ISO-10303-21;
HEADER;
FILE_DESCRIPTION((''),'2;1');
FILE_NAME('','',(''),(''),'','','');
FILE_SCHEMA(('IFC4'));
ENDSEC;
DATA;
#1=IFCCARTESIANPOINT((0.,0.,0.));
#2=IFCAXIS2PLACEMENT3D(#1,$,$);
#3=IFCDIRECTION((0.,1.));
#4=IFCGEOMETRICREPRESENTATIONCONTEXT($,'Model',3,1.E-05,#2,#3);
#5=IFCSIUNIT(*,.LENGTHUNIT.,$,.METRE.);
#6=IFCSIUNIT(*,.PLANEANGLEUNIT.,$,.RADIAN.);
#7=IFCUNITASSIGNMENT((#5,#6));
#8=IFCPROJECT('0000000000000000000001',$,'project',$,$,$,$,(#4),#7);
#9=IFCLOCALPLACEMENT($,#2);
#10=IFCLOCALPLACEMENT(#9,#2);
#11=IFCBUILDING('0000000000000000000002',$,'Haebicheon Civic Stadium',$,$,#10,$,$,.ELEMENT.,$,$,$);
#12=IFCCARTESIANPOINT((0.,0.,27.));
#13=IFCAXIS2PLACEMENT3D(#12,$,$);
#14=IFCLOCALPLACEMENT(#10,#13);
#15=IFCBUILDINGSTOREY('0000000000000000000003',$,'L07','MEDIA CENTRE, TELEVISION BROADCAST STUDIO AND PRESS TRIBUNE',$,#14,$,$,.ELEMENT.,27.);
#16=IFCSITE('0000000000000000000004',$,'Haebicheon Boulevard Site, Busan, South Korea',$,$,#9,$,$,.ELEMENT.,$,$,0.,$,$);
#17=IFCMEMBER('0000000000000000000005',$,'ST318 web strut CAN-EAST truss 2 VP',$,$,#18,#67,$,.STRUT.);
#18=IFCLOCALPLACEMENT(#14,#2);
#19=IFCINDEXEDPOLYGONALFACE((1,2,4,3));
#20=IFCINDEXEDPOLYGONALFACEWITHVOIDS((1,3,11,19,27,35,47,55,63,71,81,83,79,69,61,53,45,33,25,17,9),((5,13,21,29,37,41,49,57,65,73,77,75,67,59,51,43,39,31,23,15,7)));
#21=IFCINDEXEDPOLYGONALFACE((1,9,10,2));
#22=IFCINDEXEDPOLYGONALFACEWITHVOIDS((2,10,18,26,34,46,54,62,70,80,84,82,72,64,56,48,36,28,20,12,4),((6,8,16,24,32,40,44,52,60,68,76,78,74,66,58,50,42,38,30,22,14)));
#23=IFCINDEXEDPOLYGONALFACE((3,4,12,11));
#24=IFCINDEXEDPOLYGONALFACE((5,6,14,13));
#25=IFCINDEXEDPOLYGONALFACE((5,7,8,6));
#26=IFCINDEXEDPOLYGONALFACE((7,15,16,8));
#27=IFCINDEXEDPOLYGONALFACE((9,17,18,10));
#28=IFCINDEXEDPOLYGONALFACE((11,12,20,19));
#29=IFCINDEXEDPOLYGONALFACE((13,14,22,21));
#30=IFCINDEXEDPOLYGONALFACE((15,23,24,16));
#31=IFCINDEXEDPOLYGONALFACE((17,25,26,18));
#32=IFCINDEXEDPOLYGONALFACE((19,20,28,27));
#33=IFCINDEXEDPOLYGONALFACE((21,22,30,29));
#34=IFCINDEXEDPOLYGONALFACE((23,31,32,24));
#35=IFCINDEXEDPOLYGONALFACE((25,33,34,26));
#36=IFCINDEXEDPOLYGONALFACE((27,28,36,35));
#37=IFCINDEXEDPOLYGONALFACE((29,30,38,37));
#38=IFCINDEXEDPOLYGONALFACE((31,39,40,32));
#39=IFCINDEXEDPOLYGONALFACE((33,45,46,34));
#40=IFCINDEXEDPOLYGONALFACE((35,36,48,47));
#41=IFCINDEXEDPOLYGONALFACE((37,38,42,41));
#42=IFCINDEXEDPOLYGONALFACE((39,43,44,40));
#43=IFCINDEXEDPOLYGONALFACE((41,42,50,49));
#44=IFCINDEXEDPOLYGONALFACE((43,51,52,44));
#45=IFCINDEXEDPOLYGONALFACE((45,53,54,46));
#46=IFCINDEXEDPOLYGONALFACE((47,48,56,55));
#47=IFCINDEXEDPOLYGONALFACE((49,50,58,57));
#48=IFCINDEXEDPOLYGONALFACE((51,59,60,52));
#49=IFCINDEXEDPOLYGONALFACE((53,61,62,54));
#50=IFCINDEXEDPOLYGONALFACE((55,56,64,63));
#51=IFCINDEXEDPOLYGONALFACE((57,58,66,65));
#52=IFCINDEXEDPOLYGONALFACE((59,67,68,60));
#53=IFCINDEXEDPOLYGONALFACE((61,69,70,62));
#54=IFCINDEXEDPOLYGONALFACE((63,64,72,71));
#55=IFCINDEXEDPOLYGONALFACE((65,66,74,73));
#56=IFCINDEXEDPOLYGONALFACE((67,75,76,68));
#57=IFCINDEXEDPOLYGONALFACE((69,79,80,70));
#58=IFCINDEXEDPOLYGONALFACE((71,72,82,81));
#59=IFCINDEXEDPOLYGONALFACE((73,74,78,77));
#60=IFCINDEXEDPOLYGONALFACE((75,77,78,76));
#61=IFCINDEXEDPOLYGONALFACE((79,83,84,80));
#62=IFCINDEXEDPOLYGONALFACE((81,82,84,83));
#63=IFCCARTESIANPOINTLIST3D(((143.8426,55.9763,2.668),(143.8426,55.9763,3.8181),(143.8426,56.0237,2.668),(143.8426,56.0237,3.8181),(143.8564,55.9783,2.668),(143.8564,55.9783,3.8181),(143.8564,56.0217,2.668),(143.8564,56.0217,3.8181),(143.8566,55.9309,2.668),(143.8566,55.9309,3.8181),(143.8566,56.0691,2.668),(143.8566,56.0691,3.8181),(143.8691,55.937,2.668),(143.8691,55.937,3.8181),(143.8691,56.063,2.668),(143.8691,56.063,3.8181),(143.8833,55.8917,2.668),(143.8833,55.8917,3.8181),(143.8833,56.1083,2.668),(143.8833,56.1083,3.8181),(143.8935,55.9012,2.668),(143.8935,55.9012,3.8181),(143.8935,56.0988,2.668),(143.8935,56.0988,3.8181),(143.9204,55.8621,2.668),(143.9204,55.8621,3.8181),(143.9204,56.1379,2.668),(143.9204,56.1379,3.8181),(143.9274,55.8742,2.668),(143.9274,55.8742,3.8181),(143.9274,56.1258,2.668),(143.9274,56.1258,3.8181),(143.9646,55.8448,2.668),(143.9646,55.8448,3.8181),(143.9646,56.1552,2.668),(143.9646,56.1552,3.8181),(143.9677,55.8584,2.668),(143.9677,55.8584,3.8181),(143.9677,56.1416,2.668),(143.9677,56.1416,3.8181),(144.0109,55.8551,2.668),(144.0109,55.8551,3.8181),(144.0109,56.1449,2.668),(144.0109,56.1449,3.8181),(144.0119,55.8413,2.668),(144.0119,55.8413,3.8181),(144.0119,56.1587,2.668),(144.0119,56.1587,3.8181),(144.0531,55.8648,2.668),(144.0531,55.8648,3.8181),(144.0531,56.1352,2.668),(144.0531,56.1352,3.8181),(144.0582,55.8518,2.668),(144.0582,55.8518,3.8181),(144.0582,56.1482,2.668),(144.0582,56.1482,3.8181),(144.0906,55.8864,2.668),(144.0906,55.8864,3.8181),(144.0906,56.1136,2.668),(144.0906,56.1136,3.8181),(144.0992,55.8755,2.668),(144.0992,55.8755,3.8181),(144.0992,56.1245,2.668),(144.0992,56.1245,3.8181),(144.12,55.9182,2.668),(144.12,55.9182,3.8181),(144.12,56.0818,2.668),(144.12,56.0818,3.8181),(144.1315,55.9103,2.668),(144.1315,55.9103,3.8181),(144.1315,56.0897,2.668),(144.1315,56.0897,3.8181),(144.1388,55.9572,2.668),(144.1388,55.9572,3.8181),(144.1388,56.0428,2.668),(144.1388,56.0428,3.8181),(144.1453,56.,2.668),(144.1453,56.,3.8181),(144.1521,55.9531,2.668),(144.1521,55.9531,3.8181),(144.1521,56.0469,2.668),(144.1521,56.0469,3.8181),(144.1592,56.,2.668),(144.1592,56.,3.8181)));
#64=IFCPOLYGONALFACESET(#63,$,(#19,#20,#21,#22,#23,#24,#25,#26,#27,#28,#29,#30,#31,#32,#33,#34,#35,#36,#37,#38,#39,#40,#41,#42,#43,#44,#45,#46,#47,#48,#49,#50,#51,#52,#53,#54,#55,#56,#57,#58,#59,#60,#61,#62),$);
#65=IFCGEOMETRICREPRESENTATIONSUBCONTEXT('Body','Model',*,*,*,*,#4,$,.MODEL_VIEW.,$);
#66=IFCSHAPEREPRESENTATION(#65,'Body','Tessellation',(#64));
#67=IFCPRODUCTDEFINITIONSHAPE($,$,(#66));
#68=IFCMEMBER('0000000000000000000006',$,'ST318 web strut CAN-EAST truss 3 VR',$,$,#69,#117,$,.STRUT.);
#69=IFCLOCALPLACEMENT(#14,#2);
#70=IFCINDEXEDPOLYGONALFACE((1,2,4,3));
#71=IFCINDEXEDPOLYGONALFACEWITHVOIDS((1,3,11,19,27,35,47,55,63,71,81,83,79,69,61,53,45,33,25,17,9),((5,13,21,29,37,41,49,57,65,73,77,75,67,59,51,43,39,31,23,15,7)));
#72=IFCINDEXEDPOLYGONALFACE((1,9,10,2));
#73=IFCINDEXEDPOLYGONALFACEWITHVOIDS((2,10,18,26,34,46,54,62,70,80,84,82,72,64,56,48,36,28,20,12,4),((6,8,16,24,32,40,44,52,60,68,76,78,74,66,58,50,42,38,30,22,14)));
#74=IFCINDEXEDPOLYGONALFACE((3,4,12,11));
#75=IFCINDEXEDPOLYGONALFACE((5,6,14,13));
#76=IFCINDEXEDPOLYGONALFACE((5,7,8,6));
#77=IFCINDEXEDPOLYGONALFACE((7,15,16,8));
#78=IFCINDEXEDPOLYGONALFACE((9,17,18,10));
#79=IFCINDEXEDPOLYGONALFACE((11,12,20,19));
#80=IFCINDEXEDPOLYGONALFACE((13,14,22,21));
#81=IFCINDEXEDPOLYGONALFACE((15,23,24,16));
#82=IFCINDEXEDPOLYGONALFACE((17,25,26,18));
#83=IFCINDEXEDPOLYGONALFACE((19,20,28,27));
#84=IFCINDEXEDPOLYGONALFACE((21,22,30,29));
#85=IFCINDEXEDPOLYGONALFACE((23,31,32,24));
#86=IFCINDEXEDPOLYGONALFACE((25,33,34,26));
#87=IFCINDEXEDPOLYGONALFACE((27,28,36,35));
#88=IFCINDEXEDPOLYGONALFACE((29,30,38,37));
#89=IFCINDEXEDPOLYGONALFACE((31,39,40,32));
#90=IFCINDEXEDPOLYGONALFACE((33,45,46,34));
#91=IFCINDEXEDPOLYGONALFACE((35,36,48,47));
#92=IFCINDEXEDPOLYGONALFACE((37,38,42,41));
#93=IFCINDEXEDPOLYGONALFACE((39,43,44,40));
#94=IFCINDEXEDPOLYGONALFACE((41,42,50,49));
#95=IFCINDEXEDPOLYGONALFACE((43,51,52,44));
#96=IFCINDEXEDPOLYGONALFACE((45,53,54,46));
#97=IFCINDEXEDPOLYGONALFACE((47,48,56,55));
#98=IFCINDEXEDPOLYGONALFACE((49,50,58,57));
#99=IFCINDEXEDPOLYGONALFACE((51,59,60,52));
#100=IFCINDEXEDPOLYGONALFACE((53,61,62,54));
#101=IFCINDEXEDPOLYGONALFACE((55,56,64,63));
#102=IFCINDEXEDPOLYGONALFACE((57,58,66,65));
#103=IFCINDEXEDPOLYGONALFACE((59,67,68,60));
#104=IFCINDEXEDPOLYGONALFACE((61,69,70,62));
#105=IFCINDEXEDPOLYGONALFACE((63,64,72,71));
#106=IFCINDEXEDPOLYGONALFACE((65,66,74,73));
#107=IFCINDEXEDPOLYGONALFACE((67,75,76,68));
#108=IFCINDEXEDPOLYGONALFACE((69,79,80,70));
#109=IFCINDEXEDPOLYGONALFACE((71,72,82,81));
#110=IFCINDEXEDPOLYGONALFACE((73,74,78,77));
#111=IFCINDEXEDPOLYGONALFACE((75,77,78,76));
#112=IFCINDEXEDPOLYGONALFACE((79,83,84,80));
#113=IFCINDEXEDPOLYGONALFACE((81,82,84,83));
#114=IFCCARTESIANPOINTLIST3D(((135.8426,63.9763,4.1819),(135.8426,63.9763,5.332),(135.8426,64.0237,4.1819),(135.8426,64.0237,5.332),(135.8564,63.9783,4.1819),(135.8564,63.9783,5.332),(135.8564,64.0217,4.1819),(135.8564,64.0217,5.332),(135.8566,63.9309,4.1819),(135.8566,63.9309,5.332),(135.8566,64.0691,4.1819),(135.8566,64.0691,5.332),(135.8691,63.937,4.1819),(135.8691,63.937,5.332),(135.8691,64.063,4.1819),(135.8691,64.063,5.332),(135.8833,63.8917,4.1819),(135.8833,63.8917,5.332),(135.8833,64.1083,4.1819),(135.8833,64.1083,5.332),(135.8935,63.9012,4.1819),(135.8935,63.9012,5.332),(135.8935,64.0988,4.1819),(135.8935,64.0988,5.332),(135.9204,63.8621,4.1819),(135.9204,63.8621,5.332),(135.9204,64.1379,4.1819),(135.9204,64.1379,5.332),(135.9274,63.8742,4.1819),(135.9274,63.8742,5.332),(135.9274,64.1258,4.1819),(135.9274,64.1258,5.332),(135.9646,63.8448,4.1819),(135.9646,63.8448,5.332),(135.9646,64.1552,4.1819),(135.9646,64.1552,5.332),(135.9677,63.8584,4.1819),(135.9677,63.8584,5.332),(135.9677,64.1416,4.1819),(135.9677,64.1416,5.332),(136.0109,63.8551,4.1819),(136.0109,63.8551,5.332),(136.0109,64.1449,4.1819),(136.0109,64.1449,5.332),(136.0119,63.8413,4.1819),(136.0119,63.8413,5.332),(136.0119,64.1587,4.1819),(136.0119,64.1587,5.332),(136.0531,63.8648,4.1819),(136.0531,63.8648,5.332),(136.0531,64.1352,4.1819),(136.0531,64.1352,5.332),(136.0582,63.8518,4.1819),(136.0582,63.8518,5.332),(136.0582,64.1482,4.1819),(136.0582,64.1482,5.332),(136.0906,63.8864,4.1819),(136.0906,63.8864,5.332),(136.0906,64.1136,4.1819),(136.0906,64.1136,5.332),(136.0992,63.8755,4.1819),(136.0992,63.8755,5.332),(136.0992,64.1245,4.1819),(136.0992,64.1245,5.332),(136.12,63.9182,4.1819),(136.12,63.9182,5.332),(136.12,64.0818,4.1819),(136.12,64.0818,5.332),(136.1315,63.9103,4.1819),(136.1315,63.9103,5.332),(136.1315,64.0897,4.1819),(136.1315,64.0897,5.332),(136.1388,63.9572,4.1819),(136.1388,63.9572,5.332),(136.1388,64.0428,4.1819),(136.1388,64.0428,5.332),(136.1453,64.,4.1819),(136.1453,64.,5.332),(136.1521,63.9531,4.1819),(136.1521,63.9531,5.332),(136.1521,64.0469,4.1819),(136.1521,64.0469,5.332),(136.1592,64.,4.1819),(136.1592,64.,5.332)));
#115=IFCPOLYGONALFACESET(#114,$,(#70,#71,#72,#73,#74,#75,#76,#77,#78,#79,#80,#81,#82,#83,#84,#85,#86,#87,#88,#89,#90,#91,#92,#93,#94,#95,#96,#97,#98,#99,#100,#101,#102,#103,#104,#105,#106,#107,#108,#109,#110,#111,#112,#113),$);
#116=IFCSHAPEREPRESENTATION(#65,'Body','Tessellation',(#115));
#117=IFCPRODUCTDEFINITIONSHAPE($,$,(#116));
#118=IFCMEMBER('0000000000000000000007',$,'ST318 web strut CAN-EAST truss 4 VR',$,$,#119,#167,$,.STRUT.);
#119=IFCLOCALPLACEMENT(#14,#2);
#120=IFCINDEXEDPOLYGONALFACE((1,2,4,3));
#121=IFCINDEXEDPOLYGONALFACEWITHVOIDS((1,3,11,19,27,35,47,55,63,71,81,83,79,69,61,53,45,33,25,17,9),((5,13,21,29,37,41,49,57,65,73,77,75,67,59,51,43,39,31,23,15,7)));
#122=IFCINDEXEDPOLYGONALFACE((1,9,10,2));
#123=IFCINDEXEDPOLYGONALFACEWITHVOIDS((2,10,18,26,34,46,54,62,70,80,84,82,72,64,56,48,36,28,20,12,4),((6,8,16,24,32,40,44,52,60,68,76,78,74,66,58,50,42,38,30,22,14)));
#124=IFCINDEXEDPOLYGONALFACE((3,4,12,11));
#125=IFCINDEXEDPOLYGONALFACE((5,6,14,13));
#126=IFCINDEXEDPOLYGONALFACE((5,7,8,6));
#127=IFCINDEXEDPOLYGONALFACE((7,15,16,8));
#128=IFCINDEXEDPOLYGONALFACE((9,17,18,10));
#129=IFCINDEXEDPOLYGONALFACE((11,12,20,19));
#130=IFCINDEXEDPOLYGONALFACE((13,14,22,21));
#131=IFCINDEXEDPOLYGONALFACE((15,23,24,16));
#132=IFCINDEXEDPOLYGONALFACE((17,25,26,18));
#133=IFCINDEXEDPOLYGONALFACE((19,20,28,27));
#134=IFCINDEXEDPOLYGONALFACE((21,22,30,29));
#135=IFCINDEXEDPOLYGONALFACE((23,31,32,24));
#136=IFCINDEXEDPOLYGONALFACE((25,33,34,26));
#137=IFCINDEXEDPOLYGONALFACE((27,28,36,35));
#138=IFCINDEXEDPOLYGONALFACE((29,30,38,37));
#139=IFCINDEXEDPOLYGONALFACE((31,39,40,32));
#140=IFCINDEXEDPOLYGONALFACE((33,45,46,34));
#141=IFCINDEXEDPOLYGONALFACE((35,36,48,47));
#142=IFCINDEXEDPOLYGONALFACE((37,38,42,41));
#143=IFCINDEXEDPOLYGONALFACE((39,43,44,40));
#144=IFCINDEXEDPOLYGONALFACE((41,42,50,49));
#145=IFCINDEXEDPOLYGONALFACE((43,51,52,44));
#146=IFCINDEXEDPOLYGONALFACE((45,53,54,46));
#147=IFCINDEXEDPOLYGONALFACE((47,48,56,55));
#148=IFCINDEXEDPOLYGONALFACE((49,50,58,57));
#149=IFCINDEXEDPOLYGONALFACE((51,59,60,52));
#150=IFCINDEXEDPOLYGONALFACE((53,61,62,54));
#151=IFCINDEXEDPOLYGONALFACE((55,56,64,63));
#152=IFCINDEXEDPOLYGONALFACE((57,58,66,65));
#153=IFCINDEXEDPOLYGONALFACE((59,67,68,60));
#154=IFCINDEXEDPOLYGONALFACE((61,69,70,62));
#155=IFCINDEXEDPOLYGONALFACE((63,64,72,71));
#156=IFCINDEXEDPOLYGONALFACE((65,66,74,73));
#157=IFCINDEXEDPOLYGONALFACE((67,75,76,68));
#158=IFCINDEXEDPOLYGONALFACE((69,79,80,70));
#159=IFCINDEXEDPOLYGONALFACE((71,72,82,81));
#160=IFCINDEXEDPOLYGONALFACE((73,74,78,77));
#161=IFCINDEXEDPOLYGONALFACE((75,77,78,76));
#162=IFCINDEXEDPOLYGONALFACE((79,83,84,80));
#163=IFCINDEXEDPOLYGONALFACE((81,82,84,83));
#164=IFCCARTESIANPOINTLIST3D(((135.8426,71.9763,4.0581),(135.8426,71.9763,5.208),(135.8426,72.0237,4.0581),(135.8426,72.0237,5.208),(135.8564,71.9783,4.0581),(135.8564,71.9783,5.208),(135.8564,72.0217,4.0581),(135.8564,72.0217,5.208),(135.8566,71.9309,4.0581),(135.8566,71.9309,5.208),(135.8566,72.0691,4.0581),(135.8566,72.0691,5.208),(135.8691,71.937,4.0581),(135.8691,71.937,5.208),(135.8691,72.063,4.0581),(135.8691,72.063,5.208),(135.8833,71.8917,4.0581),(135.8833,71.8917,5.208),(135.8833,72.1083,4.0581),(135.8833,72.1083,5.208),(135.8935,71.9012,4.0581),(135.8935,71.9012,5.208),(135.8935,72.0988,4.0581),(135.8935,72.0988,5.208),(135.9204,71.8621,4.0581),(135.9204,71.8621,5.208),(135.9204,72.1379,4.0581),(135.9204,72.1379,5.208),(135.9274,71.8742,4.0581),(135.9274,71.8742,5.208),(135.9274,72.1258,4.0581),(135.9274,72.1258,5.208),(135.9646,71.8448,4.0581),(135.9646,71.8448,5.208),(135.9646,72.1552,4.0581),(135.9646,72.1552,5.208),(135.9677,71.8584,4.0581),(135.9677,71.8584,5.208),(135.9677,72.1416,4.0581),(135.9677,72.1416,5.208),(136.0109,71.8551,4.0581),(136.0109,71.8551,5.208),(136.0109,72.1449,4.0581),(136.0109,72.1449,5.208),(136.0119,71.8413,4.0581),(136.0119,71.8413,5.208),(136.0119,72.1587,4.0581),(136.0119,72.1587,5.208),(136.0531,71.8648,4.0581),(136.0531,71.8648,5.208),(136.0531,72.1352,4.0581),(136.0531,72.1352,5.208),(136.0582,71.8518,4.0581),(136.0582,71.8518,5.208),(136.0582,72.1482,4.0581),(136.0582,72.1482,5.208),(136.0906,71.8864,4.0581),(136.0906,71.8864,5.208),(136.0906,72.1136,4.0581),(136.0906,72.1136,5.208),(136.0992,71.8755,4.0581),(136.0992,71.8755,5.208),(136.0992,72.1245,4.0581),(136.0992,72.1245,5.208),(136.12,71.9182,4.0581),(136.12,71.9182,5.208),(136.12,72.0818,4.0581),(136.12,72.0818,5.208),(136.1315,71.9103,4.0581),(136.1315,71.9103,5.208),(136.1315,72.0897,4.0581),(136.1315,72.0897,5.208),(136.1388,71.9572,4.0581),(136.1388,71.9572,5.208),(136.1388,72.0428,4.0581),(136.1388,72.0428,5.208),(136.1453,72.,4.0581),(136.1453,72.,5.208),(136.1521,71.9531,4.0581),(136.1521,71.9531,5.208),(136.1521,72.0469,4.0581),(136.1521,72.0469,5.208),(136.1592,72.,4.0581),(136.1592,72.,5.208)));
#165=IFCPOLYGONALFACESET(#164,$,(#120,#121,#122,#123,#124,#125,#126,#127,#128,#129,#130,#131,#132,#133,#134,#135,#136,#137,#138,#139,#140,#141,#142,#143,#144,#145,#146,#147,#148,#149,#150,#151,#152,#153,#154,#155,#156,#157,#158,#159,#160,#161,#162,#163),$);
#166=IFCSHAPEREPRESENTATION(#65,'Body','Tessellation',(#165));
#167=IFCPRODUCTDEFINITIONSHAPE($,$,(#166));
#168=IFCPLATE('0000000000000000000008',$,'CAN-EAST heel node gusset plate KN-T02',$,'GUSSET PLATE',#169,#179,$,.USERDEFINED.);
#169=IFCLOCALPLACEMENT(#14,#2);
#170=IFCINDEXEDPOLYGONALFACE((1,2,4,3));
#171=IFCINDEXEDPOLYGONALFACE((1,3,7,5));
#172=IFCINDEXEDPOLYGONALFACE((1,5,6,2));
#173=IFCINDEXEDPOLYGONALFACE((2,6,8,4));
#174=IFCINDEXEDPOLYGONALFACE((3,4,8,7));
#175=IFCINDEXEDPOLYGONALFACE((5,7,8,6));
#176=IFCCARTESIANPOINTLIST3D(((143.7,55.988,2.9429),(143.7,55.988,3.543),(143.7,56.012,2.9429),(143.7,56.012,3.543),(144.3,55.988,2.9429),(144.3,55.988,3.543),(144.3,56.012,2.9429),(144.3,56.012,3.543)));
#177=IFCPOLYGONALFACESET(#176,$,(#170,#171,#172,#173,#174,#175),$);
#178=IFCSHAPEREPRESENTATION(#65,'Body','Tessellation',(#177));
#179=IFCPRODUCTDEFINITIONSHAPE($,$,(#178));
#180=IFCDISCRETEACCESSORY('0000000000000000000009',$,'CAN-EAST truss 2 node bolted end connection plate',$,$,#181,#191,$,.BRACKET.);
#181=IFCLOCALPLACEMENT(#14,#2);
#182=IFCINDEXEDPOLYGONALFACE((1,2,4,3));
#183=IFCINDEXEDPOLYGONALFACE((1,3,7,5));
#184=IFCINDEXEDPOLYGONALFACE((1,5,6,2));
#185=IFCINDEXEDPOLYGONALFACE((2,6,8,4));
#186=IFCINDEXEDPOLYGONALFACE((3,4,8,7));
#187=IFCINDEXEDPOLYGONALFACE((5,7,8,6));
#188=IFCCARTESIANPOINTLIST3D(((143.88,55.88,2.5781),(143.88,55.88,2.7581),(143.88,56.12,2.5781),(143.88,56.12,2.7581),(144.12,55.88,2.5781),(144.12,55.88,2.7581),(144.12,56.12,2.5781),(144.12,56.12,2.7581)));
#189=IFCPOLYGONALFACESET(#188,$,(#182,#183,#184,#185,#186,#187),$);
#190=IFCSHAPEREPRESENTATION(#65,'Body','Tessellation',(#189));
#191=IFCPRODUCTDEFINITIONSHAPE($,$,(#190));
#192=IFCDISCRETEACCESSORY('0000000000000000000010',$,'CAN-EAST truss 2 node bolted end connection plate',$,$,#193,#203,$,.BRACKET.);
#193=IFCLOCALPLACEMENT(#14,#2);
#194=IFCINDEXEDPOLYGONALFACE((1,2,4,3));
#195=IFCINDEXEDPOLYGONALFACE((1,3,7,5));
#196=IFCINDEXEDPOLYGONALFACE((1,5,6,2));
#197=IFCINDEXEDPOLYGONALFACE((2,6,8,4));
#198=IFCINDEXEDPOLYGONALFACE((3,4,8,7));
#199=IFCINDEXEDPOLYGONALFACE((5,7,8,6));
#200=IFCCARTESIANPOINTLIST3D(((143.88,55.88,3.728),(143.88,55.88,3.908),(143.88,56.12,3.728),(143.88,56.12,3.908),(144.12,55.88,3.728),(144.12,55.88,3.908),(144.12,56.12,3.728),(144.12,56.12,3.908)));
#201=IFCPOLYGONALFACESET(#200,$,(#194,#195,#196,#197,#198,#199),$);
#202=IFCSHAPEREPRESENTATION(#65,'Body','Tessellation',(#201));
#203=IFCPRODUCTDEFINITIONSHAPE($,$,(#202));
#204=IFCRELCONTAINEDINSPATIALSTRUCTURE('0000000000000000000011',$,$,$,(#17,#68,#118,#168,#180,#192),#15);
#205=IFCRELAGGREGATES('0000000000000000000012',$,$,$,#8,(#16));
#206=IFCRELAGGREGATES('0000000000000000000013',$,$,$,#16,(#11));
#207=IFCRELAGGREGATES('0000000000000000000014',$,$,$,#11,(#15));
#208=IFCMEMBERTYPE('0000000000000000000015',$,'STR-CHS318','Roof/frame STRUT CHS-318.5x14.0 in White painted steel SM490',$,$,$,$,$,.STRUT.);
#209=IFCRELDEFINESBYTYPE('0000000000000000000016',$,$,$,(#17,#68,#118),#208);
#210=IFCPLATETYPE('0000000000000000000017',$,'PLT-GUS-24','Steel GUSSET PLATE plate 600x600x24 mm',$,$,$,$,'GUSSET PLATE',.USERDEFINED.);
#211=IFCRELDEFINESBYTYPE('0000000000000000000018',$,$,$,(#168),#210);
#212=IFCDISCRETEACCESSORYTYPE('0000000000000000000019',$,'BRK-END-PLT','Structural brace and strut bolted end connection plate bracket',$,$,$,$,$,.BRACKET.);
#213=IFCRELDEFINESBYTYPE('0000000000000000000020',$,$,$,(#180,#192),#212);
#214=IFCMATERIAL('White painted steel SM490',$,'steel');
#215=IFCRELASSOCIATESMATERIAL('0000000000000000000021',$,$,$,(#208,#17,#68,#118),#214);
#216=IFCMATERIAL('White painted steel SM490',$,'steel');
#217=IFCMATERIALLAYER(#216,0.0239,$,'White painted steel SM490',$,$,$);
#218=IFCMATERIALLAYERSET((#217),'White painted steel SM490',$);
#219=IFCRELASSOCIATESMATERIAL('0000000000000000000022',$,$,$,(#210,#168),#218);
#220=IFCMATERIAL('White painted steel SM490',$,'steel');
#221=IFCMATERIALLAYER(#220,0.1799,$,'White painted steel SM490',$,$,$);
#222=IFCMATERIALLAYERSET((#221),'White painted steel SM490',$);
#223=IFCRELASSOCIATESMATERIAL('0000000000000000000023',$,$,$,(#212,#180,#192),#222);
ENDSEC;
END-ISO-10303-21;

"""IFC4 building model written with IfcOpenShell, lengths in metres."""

from ifc_helpers import new_model, si_unit, direction, frame, origin, origin_2d, place, context, subcontext, project, spatial, rectangle, hollow_circle, extrude, material, layer, layer_set, material_profile, profile_set, type_object, element, save


model = new_model("IFC4")

# Units and contexts
model_context = context("Model", 3, precision=1e-05, world=origin(), true_north=direction((0.0, 1.0)))
body_context = subcontext(model_context, "Body", "Model", "MODEL_VIEW")
ifc_project = project(units=[si_unit("LENGTHUNIT", "METRE"), si_unit("PLANEANGLEUNIT", "RADIAN")], contexts=[model_context])

# Site, building, storey
site_placement = place(None, origin())
site = spatial("IfcSite", under=ifc_project, at=site_placement, Name="Haebicheon Boulevard Site, Busan, South Korea", CompositionType="ELEMENT", RefElevation=0.0)
building_placement = place(site_placement, origin())
building = spatial("IfcBuilding", under=site, at=building_placement, Name="Haebicheon Civic Stadium", CompositionType="ELEMENT")
storey_placement = place(building_placement, frame((0.0, 0.0, 27.0)))
storey = spatial("IfcBuildingStorey", under=building, at=storey_placement, Name="L07", Description="MEDIA CENTRE, TELEVISION BROADCAST STUDIO AND PRESS TRIBUNE", CompositionType="ELEMENT", Elevation=27.0)

# Members
ifc_material_1 = material(Name="White painted steel SM490", Category="steel")
ifc_material_profile_1 = material_profile(ifc_material_1, hollow_circle(Radius=0.1592, WallThickness=0.0139, at=origin_2d()), Name="CHS-318.5x14.0")
ifc_profile_set_1 = profile_set([ifc_material_profile_1], Name="White painted steel SM490")
member_type_1 = type_object("IfcMemberType", Name="STR-CHS318", Description="Roof/frame STRUT CHS-318.5x14.0 in White painted steel SM490", PredefinedType="STRUT", material=ifc_profile_set_1)
for number, where, z_axis, x_axis, name in (
    (1, (144.0, 56.0, 2.668), (0.0, 0.0, 1.0), (1.0, 0.0, 0.0), "ST318 web strut CAN-EAST truss 2 VP"),
    (2, (136.0, 64.0, 4.1819), (0.0, 0.0, 1.0), (1.0, 0.0, 0.0), "ST318 web strut CAN-EAST truss 3 VR"),
):
    element("IfcMember", number, at=place(storey_placement, frame(where, z_axis=z_axis, x_axis=x_axis)), inside=storey, type_object=member_type_1, material=ifc_profile_set_1, Name=name, PredefinedType="STRUT", context=body_context, shape_type="SweptSolid", body=[
        extrude(hollow_circle(Radius=0.1592, WallThickness=0.0139, at=origin_2d()), origin(), (0.0, 0.0, 1.0), 1.1501),
    ])
member_1_placement = place(storey_placement, frame((136.0, 72.0, 4.0581), z_axis=(0.0, 0.0, 1.0), x_axis=(1.0, 0.0, 0.0)))
element("IfcMember", 3, at=member_1_placement, inside=storey, type_object=member_type_1, material=ifc_profile_set_1, Name="ST318 web strut CAN-EAST truss 4 VR", PredefinedType="STRUT", context=body_context, shape_type="SweptSolid", body=[
    extrude(hollow_circle(Radius=0.1592, WallThickness=0.0139, at=origin_2d()), origin(), (0.0, 0.0, 1.0), 1.1499),
])

# Plate
ifc_material_2 = material(Name="White painted steel SM490", Category="steel")
ifc_layer_1 = layer(ifc_material_2, 0.0239, Name="White painted steel SM490")
ifc_layer_set_1 = layer_set([ifc_layer_1], Name="White painted steel SM490")
plate_type = type_object("IfcPlateType", Name="PLT-GUS-24", Description="Steel GUSSET PLATE plate 600x600x24 mm", ElementType="GUSSET PLATE", PredefinedType="USERDEFINED", material=ifc_layer_set_1)
plate_placement = place(storey_placement, frame((144.0, 56.0, 2.9429), z_axis=(0.0, 0.0, 1.0), x_axis=(1.0, 0.0, 0.0)))
element("IfcPlate", 4, at=plate_placement, inside=storey, type_object=plate_type, material=ifc_layer_set_1, Name="CAN-EAST heel node gusset plate KN-T02", ObjectType="GUSSET PLATE", PredefinedType="USERDEFINED", context=body_context, shape_type="SweptSolid", body=[
    extrude(rectangle(XDim=0.6001, YDim=0.0239, at=origin_2d()), origin(), (0.0, 0.0, 1.0), 0.6001),
])

# Discrete accessories
ifc_material_3 = material(Name="White painted steel SM490", Category="steel")
ifc_layer_2 = layer(ifc_material_3, 0.1799, Name="White painted steel SM490")
ifc_layer_set_2 = layer_set([ifc_layer_2], Name="White painted steel SM490")
discrete_accessory_type = type_object("IfcDiscreteAccessoryType", Name="BRK-END-PLT", Description="Structural brace and strut bolted end connection plate bracket", PredefinedType="BRACKET", material=ifc_layer_set_2)
for number, where, z_axis, x_axis, name in (
    (5, (144.0, 56.0, 2.5781), (0.0, 0.0, 1.0), (1.0, 0.0, 0.0), "CAN-EAST truss 2 node bolted end connection plate"),
    (6, (144.0, 56.0, 3.728), (0.0, 0.0, 1.0), (1.0, 0.0, 0.0), "CAN-EAST truss 2 node bolted end connection plate"),
):
    element("IfcDiscreteAccessory", number, at=place(storey_placement, frame(where, z_axis=z_axis, x_axis=x_axis)), inside=storey, type_object=discrete_accessory_type, material=ifc_layer_set_2, Name=name, PredefinedType="BRACKET", context=body_context, shape_type="SweptSolid", body=[
        extrude(rectangle(XDim=0.24, YDim=0.24, at=origin_2d()), origin(), (0.0, 0.0, 1.0), 0.1799),
    ])

save(model, "model.ifc")
